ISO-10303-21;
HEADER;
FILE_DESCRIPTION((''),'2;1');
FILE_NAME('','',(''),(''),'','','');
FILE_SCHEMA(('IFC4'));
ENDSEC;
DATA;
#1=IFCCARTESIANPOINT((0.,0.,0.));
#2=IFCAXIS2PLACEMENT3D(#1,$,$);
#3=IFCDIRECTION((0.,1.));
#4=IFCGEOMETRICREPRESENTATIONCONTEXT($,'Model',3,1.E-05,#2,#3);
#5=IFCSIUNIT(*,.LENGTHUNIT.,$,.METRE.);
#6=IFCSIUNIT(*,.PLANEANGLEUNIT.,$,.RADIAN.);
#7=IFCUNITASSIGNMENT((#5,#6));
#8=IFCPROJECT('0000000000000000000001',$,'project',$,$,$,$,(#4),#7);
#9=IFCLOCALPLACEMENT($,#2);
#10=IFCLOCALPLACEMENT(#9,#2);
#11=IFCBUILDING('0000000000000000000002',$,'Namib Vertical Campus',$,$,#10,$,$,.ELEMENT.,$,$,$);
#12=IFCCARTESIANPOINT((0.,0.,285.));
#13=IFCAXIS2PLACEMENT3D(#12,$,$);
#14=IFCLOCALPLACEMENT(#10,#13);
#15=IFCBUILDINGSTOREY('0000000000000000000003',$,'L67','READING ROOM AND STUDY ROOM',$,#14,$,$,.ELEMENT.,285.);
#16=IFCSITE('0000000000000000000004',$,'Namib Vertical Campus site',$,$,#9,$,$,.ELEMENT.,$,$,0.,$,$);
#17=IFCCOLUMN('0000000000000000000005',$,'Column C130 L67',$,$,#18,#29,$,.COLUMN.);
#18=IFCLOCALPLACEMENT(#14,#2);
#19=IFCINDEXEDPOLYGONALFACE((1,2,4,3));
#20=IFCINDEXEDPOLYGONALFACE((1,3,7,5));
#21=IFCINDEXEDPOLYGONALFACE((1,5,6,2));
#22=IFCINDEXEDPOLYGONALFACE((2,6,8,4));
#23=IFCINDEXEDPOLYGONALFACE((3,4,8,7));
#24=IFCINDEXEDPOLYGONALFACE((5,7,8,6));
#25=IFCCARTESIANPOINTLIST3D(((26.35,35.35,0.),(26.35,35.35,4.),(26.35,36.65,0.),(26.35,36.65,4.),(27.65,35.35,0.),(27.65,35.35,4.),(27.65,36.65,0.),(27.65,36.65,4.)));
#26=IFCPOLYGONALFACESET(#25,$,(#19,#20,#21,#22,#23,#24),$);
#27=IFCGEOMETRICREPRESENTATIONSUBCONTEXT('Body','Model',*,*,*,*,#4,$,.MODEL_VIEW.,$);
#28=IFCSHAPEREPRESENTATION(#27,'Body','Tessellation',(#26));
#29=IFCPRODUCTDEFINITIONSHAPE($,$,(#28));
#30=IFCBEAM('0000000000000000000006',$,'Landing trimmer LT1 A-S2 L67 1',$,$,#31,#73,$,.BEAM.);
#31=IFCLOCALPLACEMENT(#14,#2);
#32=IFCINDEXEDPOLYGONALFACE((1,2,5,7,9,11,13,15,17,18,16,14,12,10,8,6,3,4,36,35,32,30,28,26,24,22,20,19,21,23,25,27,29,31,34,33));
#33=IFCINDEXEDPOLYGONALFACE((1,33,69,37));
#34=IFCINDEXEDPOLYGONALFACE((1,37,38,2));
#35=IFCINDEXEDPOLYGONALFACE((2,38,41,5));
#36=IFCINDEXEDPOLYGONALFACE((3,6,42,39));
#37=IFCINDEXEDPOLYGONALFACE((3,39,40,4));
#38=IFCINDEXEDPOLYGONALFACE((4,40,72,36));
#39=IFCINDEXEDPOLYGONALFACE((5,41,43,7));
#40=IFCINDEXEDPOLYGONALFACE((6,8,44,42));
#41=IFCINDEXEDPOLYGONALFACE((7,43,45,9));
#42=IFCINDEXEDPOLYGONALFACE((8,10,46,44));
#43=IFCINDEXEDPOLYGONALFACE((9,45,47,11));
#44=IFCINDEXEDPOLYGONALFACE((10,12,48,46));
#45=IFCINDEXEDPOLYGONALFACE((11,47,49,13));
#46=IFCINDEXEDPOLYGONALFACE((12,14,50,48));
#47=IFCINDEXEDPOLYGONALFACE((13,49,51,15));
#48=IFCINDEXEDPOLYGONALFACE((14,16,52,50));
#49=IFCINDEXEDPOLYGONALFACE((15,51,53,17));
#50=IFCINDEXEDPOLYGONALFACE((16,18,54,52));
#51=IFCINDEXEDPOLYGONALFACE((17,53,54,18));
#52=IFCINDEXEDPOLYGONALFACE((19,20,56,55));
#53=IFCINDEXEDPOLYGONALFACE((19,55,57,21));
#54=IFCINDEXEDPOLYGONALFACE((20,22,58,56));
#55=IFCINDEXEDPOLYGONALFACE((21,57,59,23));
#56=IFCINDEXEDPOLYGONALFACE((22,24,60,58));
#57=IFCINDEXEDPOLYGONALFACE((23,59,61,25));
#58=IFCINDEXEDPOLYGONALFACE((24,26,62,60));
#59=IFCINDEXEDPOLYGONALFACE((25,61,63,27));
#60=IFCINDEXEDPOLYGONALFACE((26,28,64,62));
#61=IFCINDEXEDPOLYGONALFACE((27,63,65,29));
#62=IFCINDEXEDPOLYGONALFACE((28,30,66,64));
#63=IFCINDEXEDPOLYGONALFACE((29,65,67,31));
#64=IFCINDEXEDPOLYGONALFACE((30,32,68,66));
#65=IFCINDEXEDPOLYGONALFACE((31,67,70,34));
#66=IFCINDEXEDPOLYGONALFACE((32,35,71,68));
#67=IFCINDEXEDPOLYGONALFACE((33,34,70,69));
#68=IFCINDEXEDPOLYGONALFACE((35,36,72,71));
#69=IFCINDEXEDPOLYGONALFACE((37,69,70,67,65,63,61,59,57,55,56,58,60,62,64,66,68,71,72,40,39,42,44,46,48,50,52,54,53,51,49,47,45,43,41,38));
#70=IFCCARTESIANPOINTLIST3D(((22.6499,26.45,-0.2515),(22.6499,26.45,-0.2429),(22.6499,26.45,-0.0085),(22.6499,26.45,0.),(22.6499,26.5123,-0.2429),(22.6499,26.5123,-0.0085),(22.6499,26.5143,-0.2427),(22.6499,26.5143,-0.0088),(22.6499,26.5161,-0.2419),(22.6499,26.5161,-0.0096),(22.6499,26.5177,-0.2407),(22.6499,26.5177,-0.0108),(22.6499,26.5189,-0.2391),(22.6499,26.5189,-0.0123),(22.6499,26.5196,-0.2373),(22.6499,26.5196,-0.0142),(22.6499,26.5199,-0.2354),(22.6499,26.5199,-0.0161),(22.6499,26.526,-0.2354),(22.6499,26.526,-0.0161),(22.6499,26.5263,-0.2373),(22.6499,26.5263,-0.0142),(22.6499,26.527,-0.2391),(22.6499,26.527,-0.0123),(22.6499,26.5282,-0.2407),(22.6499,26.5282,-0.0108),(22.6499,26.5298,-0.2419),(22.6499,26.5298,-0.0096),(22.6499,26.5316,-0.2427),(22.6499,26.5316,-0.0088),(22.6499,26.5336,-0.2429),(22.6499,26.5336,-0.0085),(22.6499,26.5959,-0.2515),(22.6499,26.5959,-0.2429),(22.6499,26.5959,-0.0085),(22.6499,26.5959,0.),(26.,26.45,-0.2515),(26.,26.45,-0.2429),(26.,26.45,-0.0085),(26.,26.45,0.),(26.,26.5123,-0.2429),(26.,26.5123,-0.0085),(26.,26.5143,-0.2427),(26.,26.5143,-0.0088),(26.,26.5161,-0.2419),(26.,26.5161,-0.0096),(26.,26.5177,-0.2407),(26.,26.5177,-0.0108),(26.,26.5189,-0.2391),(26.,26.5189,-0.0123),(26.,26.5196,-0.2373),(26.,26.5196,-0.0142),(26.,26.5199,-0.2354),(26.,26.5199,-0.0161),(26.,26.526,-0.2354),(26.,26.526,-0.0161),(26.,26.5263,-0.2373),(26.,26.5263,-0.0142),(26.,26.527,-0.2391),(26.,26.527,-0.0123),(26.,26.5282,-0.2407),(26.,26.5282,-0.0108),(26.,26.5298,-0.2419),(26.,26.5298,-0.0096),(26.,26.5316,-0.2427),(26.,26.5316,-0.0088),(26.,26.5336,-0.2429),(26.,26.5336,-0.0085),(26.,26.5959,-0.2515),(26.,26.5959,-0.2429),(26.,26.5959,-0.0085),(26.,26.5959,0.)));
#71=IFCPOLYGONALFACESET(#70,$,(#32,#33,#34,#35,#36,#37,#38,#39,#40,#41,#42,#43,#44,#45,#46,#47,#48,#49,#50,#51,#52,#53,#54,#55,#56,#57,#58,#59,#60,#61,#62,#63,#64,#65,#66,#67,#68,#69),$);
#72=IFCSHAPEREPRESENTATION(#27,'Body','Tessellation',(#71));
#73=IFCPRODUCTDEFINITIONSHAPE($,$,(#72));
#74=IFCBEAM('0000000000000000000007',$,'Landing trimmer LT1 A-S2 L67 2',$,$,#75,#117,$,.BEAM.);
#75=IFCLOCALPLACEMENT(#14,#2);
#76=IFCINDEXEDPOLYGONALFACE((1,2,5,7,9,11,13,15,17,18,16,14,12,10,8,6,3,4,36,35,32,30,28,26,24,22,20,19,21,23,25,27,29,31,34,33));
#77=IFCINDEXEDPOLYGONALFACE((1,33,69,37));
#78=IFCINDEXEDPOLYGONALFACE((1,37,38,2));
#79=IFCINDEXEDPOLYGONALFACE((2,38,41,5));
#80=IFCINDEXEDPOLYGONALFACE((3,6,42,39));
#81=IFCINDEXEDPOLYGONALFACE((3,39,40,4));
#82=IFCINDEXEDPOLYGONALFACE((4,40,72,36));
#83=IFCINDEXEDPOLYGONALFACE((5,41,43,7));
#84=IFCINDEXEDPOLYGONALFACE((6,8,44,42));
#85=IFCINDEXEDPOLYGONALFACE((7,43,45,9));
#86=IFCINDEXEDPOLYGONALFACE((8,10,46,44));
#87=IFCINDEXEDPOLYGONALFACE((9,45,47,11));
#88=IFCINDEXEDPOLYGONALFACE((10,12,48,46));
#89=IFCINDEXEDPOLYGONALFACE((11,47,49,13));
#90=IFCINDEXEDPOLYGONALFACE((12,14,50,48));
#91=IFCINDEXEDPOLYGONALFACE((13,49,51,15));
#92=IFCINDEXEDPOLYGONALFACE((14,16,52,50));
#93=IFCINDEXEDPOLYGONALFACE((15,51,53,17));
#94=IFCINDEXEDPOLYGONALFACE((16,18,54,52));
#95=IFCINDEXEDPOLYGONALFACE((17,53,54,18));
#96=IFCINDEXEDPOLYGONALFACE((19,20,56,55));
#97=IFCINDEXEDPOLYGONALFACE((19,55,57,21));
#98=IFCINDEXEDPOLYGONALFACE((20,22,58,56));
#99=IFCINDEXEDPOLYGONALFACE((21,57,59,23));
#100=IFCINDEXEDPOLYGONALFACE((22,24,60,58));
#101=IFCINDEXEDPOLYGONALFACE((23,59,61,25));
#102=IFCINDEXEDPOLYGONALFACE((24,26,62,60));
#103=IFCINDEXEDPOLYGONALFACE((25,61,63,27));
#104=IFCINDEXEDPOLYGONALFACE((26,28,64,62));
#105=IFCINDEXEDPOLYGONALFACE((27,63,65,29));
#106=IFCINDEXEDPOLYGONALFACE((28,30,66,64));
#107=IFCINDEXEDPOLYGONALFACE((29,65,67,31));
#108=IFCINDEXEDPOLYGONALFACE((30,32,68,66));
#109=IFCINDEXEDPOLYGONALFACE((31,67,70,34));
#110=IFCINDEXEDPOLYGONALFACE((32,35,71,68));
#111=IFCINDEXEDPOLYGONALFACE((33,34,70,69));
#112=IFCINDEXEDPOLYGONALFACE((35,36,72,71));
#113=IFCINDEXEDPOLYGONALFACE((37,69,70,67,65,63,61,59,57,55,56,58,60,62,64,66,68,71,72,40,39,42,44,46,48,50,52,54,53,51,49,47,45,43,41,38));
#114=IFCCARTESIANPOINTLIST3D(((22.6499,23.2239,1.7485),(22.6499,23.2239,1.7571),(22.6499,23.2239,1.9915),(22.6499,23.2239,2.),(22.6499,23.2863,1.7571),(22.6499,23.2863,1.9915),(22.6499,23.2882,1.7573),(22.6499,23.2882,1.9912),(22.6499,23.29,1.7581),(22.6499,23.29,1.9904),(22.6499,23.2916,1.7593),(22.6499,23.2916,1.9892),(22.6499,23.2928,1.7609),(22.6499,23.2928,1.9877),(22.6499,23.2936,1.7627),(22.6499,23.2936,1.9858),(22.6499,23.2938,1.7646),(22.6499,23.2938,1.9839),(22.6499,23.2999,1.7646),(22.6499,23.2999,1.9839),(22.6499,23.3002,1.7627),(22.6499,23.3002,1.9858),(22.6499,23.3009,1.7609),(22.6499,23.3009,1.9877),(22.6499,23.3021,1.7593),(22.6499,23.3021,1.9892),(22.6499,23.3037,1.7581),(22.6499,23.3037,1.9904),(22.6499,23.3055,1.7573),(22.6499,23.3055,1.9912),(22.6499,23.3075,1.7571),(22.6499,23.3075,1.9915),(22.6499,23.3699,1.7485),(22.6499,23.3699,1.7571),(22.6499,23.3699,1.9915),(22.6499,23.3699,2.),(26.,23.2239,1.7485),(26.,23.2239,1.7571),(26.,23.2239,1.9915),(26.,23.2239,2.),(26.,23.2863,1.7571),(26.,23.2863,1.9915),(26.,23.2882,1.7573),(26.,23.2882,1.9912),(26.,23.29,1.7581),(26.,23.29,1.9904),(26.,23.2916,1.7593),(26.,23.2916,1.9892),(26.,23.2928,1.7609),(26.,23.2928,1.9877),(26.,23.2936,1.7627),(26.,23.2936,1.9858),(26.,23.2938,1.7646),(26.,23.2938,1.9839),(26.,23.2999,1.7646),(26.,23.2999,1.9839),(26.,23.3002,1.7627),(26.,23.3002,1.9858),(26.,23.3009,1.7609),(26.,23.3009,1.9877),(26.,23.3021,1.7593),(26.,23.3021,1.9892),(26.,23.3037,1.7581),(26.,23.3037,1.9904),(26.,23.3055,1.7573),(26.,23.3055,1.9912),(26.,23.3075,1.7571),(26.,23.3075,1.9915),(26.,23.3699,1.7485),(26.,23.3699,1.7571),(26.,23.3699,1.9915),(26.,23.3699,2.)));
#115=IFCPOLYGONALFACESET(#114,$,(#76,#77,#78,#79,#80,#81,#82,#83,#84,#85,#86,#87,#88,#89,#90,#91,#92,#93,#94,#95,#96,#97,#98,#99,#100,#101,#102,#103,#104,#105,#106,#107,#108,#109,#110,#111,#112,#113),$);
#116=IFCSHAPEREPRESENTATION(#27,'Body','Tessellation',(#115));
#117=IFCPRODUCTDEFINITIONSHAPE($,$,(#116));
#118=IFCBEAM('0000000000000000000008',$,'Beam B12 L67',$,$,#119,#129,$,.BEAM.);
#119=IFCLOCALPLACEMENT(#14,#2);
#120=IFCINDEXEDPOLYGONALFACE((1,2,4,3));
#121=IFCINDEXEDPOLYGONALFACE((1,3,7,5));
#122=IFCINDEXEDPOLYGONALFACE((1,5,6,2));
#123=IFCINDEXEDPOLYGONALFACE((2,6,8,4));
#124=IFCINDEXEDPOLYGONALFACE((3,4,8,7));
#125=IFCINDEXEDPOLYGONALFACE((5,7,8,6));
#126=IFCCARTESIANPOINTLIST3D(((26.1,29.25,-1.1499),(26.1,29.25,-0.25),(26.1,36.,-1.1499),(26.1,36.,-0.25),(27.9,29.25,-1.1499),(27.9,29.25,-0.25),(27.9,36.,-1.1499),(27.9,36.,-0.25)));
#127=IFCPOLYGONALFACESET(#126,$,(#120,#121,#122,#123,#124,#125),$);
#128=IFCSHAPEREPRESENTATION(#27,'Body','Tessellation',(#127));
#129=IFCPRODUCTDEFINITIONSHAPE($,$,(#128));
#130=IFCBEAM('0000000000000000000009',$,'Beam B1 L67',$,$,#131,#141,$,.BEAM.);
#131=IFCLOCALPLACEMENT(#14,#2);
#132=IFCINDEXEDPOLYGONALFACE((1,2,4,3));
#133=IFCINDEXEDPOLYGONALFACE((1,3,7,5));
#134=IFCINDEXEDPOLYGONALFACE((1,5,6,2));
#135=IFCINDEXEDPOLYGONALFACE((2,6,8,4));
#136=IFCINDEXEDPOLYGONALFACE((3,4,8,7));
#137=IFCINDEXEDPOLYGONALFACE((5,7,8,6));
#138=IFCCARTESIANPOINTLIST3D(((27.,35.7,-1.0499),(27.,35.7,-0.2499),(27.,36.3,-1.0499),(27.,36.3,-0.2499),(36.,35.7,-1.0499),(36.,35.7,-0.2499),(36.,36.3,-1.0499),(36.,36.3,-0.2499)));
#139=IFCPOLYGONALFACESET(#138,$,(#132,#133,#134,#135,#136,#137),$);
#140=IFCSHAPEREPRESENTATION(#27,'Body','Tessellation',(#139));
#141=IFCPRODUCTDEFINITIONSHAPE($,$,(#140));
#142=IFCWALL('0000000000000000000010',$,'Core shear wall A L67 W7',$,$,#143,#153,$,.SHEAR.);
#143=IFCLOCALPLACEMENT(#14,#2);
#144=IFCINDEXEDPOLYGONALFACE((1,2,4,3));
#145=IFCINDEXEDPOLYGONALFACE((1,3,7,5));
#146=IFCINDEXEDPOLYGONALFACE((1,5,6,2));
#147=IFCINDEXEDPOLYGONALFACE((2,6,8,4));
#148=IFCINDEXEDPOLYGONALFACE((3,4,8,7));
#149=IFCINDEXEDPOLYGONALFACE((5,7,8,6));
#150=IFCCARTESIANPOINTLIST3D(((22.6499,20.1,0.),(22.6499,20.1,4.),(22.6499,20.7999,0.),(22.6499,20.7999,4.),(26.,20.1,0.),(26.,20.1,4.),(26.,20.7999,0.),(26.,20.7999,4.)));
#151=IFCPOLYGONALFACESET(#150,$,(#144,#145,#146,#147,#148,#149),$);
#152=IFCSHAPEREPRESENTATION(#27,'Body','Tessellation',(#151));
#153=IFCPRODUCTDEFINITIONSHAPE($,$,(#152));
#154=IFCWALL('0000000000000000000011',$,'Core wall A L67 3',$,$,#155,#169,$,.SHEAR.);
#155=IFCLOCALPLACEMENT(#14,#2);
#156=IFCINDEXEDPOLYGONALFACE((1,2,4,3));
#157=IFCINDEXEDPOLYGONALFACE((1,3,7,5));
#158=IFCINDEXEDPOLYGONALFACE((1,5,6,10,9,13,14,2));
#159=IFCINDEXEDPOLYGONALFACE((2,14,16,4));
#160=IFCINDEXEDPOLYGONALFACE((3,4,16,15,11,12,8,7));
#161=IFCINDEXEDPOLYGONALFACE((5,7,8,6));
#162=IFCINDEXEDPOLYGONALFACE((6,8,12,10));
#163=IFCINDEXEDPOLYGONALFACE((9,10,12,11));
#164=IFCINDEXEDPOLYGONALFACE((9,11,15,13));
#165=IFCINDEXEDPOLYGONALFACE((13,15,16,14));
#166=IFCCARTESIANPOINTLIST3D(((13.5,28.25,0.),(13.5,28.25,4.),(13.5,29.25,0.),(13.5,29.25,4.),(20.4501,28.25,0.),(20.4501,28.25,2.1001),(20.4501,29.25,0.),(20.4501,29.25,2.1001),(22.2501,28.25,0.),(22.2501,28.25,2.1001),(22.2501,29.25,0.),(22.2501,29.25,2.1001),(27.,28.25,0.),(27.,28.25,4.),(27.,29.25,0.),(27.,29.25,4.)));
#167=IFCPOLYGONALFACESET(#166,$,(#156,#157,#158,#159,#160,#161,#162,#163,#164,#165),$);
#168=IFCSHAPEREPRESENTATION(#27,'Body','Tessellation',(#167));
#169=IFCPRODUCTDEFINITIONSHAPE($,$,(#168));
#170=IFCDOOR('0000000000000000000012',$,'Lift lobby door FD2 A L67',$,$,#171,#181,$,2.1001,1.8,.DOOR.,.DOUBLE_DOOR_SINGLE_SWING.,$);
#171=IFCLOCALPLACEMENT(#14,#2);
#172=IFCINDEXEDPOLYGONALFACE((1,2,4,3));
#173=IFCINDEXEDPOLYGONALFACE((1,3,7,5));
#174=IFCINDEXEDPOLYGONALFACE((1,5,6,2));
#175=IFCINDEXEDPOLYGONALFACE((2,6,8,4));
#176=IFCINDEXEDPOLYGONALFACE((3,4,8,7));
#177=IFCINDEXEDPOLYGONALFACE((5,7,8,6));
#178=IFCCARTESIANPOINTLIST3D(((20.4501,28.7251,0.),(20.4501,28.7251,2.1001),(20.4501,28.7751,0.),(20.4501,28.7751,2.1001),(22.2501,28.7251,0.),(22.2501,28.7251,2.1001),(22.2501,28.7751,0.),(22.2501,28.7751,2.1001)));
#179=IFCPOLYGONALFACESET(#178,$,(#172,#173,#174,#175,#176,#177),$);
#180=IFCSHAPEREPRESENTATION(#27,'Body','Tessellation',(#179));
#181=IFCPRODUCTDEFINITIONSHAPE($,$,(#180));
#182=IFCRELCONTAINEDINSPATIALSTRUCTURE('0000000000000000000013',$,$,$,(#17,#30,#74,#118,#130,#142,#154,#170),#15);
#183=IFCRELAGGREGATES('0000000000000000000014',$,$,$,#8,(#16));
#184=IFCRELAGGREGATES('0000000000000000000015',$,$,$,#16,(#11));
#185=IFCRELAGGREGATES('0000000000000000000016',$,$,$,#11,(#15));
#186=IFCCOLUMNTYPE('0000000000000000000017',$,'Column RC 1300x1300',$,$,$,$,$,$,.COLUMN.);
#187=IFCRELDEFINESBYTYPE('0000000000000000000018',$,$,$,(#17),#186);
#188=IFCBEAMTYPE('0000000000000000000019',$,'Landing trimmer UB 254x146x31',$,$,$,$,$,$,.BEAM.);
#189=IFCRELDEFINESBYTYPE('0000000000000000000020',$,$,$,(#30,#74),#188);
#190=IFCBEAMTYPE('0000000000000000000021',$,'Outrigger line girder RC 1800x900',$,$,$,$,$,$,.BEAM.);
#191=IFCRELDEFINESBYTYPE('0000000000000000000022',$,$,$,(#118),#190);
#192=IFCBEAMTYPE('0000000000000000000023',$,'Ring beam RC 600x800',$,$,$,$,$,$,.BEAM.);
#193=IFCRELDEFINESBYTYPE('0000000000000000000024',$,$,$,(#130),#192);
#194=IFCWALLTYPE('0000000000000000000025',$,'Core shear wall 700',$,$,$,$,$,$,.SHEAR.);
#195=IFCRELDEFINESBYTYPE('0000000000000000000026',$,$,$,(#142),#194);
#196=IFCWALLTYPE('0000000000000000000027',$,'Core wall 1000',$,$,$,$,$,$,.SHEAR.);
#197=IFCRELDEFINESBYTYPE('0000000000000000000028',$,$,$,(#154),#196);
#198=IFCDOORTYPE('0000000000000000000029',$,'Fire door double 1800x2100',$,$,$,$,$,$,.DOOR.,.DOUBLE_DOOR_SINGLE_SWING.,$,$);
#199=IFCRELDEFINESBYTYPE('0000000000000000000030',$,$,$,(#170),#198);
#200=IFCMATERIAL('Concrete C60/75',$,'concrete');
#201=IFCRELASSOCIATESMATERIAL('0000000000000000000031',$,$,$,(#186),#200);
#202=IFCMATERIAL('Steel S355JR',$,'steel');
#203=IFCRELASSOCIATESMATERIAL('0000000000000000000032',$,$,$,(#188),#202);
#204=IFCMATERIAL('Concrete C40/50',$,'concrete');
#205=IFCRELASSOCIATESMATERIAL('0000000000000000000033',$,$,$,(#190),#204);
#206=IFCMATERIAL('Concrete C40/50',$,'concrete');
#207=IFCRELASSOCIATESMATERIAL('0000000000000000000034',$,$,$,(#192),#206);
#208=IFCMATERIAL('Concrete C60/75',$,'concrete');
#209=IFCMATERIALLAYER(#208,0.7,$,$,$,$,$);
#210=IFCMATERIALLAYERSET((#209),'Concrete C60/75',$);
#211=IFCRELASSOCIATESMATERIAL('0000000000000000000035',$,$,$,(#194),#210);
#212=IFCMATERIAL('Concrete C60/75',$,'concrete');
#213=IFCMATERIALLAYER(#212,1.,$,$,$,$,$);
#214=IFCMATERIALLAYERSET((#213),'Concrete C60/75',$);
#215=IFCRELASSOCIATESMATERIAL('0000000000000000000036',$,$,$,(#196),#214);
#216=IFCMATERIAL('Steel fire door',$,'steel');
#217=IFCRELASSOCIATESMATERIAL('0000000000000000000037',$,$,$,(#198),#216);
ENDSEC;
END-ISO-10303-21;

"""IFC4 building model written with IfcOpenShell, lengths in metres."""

from ifc_helpers import new_model, si_unit, direction, frame, frame_2d, origin, origin_2d, place, context, subcontext, project, spatial, rectangle, i_section, extrude, material, layer, layer_set, material_profile, profile_set, type_object, element, fill, save


model = new_model("IFC4")

# Units and contexts
model_context = context("Model", 3, precision=1e-05, world=origin(), true_north=direction((0.0, 1.0)))
body_context = subcontext(model_context, "Body", "Model", "MODEL_VIEW")
ifc_project = project(units=[si_unit("LENGTHUNIT", "METRE"), si_unit("PLANEANGLEUNIT", "RADIAN")], contexts=[model_context])

# Site, building, storey
site_placement = place(None, origin())
site = spatial("IfcSite", under=ifc_project, at=site_placement, Name="Namib Vertical Campus site", CompositionType="ELEMENT", RefElevation=0.0)
building_placement = place(site_placement, origin())
building = spatial("IfcBuilding", under=site, at=building_placement, Name="Namib Vertical Campus", CompositionType="ELEMENT")
storey_placement = place(building_placement, frame((0.0, 0.0, 285.0)))
storey = spatial("IfcBuildingStorey", under=building, at=storey_placement, Name="L67", Description="READING ROOM AND STUDY ROOM", CompositionType="ELEMENT", Elevation=285.0)

# Column
ifc_material_1 = material(Name="Concrete C60/75", Category="concrete")
ifc_material_profile_1 = material_profile(ifc_material_1, rectangle(XDim=1.3, YDim=1.3, at=origin_2d()))
ifc_profile_set_1 = profile_set([ifc_material_profile_1], Name="Concrete C60/75")
column_type = type_object("IfcColumnType", Name="Column RC 1300x1300", PredefinedType="COLUMN", material=ifc_profile_set_1)
column_placement = place(storey_placement, frame((27.0, 36.0, 0.0), z_axis=(0.0, 0.0, 1.0), x_axis=(1.0, 0.0, 0.0)))
element("IfcColumn", 1, at=column_placement, inside=storey, type_object=column_type, Name="Column C130 L67", PredefinedType="COLUMN", context=body_context, shape_type="SweptSolid", body=[
    extrude(rectangle(XDim=1.3, YDim=1.3, at=origin_2d()), origin(), (0.0, 0.0, 1.0), 4.0),
])

# Beams
ifc_material_2 = material(Name="Steel S355JR", Category="steel")
ifc_material_profile_2 = material_profile(ifc_material_2, i_section(OverallWidth=0.146, OverallDepth=0.2515, WebThickness=0.0061, FlangeThickness=0.0085, FilletRadius=0.0076, at=origin_2d()))
ifc_profile_set_2 = profile_set([ifc_material_profile_2], Name="Steel S355JR")
beam_type_1 = type_object("IfcBeamType", Name="Landing trimmer UB 254x146x31", PredefinedType="BEAM", material=ifc_profile_set_2)
for number, where, z_axis, x_axis, name in (
    (2, (22.6499, 26.5229, -0.1257), (1.0, 0.0, 0.0), (0.0, 1.0, 0.0), "Landing trimmer LT1 A-S2 L67 1"),
    (3, (22.6499, 23.2969, 1.8743), (1.0, 0.0, 0.0), (0.0, 1.0, 0.0), "Landing trimmer LT1 A-S2 L67 2"),
):
    element("IfcBeam", number, at=place(storey_placement, frame(where, z_axis=z_axis, x_axis=x_axis)), inside=storey, type_object=beam_type_1, Name=name, PredefinedType="BEAM", context=body_context, shape_type="SweptSolid", body=[
        extrude(i_section(OverallWidth=0.146, OverallDepth=0.2515, WebThickness=0.0061, FlangeThickness=0.0085, FilletRadius=0.0076, at=origin_2d()), origin(), (0.0, 0.0, 1.0), 3.3501),
    ])
ifc_material_3 = material(Name="Concrete C40/50", Category="concrete")
ifc_material_profile_3 = material_profile(ifc_material_3, rectangle(XDim=1.8, YDim=0.8999, at=origin_2d()))
ifc_profile_set_3 = profile_set([ifc_material_profile_3], Name="Concrete C40/50")
beam_type_2 = type_object("IfcBeamType", Name="Outrigger line girder RC 1800x900", PredefinedType="BEAM", material=ifc_profile_set_3)
beam_1_placement = place(storey_placement, frame((27.0, 36.0, -0.7), z_axis=(0.0, -1.0, 0.0), x_axis=(1.0, 0.0, 0.0)))
element("IfcBeam", 4, at=beam_1_placement, inside=storey, type_object=beam_type_2, Name="Beam B12 L67", PredefinedType="BEAM", context=body_context, shape_type="SweptSolid", body=[
    extrude(rectangle(XDim=1.8, YDim=0.8999, at=origin_2d()), origin(), (0.0, 0.0, 1.0), 6.75),
])
ifc_material_4 = material(Name="Concrete C40/50", Category="concrete")
ifc_material_profile_4 = material_profile(ifc_material_4, rectangle(XDim=0.6001, YDim=0.8, at=origin_2d()))
ifc_profile_set_4 = profile_set([ifc_material_profile_4], Name="Concrete C40/50")
beam_type_3 = type_object("IfcBeamType", Name="Ring beam RC 600x800", PredefinedType="BEAM", material=ifc_profile_set_4)
beam_2_placement = place(storey_placement, frame((27.0, 36.0, -0.6499), z_axis=(1.0, 0.0, 0.0), x_axis=(0.0, 1.0, 0.0)))
element("IfcBeam", 5, at=beam_2_placement, inside=storey, type_object=beam_type_3, Name="Beam B1 L67", PredefinedType="BEAM", context=body_context, shape_type="SweptSolid", body=[
    extrude(rectangle(XDim=0.6001, YDim=0.8, at=origin_2d()), origin(), (0.0, 0.0, 1.0), 9.0),
])

# Wall
ifc_material_5 = material(Name="Concrete C60/75", Category="concrete")
ifc_layer_1 = layer(ifc_material_5, 0.7)
ifc_layer_set_1 = layer_set([ifc_layer_1], Name="Concrete C60/75")
wall_type_1 = type_object("IfcWallType", Name="Core shear wall 700", PredefinedType="SHEAR", material=ifc_layer_set_1)
wall_1_placement = place(storey_placement, frame((22.6499, 20.45, 0.0), z_axis=(0.0, 0.0, 1.0), x_axis=(1.0, 0.0, 0.0)))
element("IfcWall", 6, at=wall_1_placement, inside=storey, type_object=wall_type_1, Name="Core shear wall A L67 W7", PredefinedType="SHEAR", context=body_context, shape_type="SweptSolid", body=[
    extrude(rectangle(XDim=3.3501, YDim=0.7, at=frame_2d((1.675, 0.0))), origin(), (0.0, 0.0, 1.0), 4.0),
])

# Wall, opening, door
ifc_material_6 = material(Name="Concrete C60/75", Category="concrete")
ifc_layer_2 = layer(ifc_material_6, 1.0)
ifc_layer_set_2 = layer_set([ifc_layer_2], Name="Concrete C60/75")
wall_type_2 = type_object("IfcWallType", Name="Core wall 1000", PredefinedType="SHEAR", material=ifc_layer_set_2)
wall_2_placement = place(storey_placement, frame((27.0, 28.75, 0.0), z_axis=(0.0, 0.0, 1.0), x_axis=(-1.0, 0.0, 0.0)))
wall_2 = element("IfcWall", 7, at=wall_2_placement, inside=storey, type_object=wall_type_2, Name="Core wall A L67 3", PredefinedType="SHEAR", context=body_context, shape_type="SweptSolid", body=[
    extrude(rectangle(XDim=13.5, YDim=1.0, at=frame_2d((6.75, 0.0))), origin(), (0.0, 0.0, 1.0), 4.0),
])
opening_1_placement = place(wall_2_placement, frame((4.75, 0.0, 0.0)))
opening_1 = element("IfcOpeningElement", 8, at=opening_1_placement, cuts=wall_2, PredefinedType="OPENING", context=body_context, shape_type="SweptSolid", body=[
    extrude(rectangle(XDim=1.8, YDim=2.1001, at=frame_2d((0.8999, 1.05))), frame((0.0, 0.51, 0.0), z_axis=(0.0, -1.0, 0.0), x_axis=(1.0, 0.0, 0.0)), (0.0, 0.0, 1.0), 1.02),
])
ifc_material_7 = material(Name="Steel fire door", Category="steel")
door_type_1 = type_object("IfcDoorType", Name="Fire door double 1800x2100", OperationType="DOUBLE_DOOR_SINGLE_SWING", PredefinedType="DOOR", material=ifc_material_7)
door_1_placement = place(opening_1_placement, origin())
door_1 = element("IfcDoor", 9, at=door_1_placement, inside=storey, type_object=door_type_1, Name="Lift lobby door FD2 A L67", OperationType="DOUBLE_DOOR_SINGLE_SWING", OverallHeight=2.1001, OverallWidth=1.8, PredefinedType="DOOR", context=body_context, shape_type="SweptSolid", body=[
    extrude(rectangle(XDim=1.8, YDim=2.1001, at=frame_2d((0.8999, 1.05))), frame((0.0, 0.0249, 0.0), z_axis=(0.0, -1.0, 0.0), x_axis=(1.0, 0.0, 0.0)), (0.0, 0.0, 1.0), 0.05),
])
fill(opening_1, door_1)

save(model, "model.ifc")
